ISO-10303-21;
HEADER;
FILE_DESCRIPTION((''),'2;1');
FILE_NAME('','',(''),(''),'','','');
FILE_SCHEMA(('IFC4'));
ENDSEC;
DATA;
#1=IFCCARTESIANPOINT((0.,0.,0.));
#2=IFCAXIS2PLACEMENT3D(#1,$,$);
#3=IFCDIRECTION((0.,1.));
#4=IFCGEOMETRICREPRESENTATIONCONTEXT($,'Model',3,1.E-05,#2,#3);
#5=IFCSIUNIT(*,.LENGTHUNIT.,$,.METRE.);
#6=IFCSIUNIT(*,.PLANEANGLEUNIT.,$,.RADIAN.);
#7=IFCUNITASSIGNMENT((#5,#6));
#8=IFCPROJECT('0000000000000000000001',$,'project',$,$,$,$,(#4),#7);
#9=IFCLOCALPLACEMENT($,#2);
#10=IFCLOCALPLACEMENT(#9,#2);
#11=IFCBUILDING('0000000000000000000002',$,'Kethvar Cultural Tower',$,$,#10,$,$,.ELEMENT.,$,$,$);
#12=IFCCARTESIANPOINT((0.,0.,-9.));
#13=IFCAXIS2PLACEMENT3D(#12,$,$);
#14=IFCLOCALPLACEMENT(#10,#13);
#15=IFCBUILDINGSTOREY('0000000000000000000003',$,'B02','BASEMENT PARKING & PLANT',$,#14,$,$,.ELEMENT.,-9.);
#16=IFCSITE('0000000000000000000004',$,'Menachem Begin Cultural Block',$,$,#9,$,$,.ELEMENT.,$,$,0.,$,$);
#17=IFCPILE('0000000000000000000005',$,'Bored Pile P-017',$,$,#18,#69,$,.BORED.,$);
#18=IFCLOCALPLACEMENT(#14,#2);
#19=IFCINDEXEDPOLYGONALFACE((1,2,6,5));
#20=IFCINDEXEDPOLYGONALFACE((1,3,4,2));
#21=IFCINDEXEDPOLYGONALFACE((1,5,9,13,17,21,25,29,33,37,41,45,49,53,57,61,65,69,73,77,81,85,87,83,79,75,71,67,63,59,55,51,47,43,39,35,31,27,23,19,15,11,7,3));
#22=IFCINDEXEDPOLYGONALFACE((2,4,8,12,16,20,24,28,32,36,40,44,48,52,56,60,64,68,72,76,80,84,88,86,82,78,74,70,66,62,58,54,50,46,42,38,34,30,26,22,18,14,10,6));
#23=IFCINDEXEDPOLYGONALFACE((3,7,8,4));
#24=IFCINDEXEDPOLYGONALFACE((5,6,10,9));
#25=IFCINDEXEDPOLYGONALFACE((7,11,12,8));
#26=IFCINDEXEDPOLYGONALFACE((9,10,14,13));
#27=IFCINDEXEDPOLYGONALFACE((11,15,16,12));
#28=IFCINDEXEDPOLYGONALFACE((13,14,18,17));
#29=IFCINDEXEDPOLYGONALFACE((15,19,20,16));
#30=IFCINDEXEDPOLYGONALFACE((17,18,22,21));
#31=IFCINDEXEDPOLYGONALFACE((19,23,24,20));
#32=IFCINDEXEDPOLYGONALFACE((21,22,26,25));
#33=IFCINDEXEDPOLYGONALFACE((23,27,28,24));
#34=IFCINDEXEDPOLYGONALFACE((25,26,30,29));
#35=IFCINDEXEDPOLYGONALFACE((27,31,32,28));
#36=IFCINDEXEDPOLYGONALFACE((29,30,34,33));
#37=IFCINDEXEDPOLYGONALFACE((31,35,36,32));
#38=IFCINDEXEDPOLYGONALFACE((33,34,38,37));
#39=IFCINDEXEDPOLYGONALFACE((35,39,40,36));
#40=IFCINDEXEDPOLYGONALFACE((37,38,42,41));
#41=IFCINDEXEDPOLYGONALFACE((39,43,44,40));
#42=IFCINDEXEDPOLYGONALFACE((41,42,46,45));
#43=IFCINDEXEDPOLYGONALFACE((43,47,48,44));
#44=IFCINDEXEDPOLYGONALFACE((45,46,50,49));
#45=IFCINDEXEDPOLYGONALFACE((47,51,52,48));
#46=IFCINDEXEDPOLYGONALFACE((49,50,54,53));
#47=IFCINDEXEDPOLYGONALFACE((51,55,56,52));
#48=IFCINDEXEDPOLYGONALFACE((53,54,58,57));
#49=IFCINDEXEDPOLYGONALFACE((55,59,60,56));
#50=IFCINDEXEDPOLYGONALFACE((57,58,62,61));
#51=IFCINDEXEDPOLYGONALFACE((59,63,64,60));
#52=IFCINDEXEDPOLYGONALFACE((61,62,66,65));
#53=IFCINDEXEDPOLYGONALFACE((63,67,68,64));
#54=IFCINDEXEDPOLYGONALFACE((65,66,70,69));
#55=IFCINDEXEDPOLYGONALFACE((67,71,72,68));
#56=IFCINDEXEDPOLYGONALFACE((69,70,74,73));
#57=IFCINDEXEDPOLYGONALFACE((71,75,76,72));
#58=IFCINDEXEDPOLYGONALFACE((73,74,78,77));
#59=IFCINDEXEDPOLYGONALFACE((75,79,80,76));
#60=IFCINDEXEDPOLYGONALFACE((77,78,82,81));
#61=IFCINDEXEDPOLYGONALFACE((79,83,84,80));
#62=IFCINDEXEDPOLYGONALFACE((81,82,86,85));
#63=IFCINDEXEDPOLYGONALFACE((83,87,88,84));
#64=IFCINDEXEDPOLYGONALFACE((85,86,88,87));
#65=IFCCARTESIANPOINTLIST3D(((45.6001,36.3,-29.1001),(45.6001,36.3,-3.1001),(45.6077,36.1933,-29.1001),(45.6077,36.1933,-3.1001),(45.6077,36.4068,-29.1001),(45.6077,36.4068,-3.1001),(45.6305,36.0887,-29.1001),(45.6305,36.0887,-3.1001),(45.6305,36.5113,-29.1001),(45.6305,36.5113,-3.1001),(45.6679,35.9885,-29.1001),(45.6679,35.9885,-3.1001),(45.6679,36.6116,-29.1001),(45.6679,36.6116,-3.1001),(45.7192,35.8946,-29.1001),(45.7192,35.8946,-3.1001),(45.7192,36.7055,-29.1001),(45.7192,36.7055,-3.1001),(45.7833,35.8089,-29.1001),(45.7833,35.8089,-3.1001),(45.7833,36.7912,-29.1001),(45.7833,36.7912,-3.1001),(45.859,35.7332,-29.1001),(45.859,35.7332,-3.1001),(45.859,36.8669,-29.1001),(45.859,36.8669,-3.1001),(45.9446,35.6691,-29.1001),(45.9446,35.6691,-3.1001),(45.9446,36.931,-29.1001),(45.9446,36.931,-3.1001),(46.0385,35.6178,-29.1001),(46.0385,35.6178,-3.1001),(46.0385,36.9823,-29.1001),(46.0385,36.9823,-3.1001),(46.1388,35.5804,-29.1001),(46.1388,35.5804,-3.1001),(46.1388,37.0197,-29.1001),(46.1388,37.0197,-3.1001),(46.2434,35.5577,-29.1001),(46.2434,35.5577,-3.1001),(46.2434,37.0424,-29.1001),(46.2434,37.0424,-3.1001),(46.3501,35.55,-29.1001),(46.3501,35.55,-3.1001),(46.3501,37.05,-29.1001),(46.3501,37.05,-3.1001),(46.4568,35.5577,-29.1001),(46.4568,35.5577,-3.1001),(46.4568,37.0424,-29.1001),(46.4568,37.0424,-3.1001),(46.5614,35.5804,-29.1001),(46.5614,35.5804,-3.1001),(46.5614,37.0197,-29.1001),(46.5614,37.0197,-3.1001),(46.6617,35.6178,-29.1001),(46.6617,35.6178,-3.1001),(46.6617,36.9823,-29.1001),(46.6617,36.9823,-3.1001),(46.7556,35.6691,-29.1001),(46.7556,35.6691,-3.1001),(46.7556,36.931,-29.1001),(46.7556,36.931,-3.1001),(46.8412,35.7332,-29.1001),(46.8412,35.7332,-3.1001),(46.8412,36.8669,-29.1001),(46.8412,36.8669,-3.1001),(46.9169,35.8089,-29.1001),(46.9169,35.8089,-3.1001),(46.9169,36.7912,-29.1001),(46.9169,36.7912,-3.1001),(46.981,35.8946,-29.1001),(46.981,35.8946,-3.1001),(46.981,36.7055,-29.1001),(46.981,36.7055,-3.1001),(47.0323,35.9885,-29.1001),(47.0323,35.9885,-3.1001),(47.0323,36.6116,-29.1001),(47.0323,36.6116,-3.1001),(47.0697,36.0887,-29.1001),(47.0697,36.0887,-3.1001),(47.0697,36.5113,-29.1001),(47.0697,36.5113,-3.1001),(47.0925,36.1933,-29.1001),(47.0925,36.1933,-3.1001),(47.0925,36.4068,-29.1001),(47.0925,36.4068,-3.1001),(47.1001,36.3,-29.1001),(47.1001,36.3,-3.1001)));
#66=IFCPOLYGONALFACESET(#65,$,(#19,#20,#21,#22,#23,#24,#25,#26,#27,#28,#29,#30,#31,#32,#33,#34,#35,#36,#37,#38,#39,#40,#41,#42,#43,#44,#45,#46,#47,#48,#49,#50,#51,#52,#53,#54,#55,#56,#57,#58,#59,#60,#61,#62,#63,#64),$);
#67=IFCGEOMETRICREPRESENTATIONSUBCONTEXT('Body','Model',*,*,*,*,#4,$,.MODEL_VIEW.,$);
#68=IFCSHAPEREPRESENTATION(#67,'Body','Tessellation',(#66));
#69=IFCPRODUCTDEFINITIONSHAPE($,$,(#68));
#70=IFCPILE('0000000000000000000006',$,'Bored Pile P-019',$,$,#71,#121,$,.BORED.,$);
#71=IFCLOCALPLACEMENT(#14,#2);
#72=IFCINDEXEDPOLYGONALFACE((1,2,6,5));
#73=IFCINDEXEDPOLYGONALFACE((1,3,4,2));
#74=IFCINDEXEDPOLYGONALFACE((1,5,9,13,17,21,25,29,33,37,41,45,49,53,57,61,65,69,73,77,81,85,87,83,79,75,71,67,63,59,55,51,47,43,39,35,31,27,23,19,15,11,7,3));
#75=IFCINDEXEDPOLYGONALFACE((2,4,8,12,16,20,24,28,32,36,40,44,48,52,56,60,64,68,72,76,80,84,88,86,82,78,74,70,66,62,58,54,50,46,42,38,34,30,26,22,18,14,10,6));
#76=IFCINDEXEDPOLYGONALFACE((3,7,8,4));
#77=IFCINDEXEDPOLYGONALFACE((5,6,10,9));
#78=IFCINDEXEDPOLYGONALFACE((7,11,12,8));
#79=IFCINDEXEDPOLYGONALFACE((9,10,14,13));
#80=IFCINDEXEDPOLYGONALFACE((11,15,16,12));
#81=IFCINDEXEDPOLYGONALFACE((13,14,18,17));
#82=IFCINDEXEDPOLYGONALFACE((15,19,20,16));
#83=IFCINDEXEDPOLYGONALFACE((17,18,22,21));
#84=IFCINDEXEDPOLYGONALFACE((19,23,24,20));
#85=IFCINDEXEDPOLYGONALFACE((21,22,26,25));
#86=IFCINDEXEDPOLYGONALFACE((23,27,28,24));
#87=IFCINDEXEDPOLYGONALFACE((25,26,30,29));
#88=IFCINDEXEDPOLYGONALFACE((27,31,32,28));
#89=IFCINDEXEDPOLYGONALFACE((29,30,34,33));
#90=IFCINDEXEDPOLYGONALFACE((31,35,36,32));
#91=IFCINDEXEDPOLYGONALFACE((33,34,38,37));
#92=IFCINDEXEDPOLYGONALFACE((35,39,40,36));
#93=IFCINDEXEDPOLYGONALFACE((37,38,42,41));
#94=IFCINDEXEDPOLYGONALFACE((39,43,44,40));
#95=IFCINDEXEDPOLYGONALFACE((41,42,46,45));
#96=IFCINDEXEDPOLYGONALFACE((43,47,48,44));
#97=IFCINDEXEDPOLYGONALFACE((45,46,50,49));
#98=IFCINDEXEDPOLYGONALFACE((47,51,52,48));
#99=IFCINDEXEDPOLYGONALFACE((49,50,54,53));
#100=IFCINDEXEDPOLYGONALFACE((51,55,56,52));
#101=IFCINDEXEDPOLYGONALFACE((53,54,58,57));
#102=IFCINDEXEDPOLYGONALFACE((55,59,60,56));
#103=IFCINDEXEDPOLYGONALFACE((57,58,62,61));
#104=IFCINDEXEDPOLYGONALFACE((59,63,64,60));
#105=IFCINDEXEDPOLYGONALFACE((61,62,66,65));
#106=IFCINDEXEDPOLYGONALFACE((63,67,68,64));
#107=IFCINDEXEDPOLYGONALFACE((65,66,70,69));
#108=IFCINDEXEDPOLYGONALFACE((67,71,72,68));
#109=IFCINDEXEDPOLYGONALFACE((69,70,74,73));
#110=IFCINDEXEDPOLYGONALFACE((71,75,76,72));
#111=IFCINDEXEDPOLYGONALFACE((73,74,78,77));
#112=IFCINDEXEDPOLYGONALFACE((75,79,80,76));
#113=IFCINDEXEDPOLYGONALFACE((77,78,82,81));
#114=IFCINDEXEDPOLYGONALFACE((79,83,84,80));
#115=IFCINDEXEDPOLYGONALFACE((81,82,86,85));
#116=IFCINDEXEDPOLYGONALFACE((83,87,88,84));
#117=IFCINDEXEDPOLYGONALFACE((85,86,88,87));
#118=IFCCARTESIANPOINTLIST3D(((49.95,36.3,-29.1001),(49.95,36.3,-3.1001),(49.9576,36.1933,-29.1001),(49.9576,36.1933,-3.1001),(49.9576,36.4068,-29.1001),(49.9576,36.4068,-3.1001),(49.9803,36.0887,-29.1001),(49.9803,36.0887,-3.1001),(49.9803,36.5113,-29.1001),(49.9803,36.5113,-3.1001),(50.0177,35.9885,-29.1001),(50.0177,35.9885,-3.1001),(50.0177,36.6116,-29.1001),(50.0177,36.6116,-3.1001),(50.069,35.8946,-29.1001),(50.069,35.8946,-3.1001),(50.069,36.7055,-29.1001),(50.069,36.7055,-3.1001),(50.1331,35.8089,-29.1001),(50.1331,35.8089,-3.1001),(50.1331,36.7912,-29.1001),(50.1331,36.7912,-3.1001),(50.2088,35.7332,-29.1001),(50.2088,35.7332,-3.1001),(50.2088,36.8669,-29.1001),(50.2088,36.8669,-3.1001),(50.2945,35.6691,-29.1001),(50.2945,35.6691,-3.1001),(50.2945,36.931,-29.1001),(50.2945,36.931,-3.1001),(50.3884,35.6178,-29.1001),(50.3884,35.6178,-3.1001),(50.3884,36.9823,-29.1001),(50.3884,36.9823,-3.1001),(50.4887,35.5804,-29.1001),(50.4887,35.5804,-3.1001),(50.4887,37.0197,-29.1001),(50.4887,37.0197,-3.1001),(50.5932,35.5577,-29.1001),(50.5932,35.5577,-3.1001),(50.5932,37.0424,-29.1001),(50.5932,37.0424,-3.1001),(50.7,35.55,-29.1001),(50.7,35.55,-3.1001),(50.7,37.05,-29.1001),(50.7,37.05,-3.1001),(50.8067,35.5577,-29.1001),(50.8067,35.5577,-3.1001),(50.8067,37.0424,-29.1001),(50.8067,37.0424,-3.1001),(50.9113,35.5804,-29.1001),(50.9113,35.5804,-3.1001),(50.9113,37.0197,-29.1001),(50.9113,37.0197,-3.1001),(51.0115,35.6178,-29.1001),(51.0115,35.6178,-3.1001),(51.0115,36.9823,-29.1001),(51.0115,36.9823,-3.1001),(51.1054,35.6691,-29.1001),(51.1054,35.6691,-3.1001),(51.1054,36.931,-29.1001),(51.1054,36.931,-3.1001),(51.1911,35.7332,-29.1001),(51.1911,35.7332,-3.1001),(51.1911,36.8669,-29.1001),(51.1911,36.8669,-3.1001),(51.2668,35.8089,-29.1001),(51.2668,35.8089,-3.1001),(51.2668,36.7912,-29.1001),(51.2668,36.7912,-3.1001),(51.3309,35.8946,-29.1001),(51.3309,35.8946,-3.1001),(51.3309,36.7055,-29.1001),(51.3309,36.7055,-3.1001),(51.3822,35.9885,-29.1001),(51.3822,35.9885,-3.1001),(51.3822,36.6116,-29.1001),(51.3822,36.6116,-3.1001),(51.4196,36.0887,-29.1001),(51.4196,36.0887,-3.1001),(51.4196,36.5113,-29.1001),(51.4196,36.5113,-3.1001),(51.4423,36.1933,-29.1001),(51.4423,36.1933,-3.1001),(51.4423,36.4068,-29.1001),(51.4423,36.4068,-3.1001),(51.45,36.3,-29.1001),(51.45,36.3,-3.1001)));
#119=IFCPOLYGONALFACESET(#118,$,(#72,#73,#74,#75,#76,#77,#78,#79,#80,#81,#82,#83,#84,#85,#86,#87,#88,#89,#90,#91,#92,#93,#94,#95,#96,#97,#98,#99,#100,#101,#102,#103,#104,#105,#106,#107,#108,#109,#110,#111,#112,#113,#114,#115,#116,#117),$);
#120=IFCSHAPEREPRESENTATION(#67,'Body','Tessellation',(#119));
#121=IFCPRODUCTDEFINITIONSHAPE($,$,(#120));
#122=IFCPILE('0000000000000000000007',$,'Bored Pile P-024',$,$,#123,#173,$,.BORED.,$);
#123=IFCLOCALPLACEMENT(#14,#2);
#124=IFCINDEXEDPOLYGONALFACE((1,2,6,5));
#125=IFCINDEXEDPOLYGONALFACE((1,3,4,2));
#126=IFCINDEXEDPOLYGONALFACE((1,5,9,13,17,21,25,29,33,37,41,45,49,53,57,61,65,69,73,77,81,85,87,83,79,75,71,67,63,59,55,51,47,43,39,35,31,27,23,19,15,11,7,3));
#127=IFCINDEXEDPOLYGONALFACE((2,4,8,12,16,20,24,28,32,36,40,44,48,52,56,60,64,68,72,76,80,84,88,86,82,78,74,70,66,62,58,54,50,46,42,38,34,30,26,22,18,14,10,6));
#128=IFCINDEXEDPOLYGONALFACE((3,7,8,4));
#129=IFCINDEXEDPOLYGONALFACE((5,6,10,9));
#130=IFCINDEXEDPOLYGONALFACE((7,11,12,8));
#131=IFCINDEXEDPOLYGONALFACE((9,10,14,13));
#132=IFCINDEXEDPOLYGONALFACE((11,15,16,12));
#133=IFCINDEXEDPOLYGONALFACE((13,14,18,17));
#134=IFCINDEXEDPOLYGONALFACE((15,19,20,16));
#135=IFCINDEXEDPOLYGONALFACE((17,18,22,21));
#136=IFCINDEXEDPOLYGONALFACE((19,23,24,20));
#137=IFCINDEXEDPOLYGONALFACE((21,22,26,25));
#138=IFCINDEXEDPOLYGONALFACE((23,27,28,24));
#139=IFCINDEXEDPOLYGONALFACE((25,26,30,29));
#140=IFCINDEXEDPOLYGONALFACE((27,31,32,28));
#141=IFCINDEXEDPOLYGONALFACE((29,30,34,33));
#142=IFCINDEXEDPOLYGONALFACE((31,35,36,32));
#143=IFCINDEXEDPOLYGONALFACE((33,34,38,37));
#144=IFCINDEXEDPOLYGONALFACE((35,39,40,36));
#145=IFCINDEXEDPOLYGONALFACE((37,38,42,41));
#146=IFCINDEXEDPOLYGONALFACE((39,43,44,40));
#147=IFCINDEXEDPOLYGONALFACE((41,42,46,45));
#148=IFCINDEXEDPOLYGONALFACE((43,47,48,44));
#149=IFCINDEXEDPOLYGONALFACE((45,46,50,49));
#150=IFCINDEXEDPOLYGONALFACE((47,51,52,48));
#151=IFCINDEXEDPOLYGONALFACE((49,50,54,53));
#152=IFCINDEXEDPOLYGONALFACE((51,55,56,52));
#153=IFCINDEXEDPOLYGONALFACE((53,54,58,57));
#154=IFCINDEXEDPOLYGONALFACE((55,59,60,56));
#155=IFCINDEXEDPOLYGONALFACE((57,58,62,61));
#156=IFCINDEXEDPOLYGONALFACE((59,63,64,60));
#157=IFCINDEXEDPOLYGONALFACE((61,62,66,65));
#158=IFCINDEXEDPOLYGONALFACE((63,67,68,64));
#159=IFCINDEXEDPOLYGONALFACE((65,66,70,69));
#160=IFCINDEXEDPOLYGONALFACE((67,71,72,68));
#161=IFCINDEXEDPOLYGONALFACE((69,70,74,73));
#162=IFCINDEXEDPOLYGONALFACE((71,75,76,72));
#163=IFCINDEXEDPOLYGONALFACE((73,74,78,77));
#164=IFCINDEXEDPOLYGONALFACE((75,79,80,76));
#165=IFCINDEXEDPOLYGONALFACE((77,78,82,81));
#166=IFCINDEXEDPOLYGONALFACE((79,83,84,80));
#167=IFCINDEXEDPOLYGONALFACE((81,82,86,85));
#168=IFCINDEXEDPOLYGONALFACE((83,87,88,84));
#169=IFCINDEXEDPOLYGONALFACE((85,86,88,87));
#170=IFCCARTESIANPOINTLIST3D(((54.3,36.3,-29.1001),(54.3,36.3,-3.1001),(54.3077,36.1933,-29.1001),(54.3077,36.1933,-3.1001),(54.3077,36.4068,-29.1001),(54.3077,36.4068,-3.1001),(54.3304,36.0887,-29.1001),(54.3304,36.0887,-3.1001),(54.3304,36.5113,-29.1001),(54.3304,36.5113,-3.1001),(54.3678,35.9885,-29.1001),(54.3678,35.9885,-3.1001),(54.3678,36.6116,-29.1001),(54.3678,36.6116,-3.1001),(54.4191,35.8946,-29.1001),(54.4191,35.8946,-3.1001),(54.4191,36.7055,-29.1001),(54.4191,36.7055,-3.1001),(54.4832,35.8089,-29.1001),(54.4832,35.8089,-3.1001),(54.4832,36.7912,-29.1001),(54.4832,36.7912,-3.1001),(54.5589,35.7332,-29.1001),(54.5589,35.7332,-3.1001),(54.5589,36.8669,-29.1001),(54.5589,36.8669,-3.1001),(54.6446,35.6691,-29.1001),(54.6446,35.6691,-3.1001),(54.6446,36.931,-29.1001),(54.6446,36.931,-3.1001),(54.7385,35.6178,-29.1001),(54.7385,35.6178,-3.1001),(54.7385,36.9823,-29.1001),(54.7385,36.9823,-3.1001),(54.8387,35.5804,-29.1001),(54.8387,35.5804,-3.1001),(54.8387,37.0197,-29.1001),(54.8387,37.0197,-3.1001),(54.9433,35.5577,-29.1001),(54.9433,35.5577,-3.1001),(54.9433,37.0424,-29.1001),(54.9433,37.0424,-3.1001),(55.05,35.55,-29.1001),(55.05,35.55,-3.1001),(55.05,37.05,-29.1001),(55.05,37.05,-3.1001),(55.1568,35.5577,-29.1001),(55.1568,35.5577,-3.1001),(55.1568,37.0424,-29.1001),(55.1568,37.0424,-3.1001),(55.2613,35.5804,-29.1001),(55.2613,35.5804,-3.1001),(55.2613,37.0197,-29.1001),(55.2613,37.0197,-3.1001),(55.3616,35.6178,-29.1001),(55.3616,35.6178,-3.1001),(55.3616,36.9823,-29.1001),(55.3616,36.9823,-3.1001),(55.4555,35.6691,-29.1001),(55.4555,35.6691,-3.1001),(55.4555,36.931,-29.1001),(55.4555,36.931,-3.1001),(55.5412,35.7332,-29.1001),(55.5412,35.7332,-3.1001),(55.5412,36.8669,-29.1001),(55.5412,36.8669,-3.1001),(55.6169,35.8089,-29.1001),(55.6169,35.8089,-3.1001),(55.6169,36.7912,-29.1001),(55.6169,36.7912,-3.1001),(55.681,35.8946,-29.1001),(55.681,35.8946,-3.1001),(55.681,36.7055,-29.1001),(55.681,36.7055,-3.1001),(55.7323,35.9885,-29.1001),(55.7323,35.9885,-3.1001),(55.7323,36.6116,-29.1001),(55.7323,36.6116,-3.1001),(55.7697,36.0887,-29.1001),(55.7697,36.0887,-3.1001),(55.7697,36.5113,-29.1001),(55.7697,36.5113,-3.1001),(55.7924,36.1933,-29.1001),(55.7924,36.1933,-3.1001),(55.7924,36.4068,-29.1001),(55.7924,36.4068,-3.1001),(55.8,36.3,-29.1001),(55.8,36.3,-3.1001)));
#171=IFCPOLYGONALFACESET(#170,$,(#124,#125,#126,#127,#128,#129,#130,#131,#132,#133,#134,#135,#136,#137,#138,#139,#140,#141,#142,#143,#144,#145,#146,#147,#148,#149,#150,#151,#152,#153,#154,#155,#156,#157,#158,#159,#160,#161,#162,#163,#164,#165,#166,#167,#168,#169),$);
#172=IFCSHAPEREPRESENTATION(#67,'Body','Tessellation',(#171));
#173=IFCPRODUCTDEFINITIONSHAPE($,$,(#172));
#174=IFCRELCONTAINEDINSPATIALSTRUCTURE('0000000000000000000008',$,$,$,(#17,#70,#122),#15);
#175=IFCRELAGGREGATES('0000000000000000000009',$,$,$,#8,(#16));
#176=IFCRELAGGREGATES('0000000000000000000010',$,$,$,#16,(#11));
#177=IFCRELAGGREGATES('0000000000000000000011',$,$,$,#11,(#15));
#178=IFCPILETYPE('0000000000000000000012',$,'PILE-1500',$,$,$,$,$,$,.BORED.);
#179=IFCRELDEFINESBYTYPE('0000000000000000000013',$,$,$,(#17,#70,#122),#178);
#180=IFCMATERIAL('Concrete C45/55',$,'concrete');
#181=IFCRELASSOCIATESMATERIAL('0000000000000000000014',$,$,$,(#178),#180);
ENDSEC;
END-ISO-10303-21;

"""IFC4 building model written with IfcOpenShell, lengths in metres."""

from ifc_helpers import new_model, si_unit, direction, frame, origin, origin_2d, place, context, subcontext, project, spatial, circle, extrude, source, transform, mapped, material, material_profile, profile_set, type_object, element, save


model = new_model("IFC4")

# Units and contexts
model_context = context("Model", 3, precision=1e-05, world=origin(), true_north=direction((0.0, 1.0)))
body_context = subcontext(model_context, "Body", "Model", "MODEL_VIEW")
ifc_project = project(units=[si_unit("LENGTHUNIT", "METRE"), si_unit("PLANEANGLEUNIT", "RADIAN")], contexts=[model_context])

# Site, building, storey
site_placement = place(None, origin())
site = spatial("IfcSite", under=ifc_project, at=site_placement, Name="Menachem Begin Cultural Block", CompositionType="ELEMENT", RefElevation=0.0)
building_placement = place(site_placement, origin())
building = spatial("IfcBuilding", under=site, at=building_placement, Name="Kethvar Cultural Tower", CompositionType="ELEMENT")
storey_placement = place(building_placement, frame((0.0, 0.0, -9.0)))
storey = spatial("IfcBuildingStorey", under=building, at=storey_placement, Name="B02", Description="BASEMENT PARKING & PLANT", CompositionType="ELEMENT", Elevation=-9.0)

# Piles
ifc_material_1 = material(Name="Concrete C45/55", Category="concrete")
ifc_material_profile_1 = material_profile(ifc_material_1, circle(Radius=0.75, at=origin_2d()), Name="Concrete C45/55 — PILE1500")
ifc_profile_set_1 = profile_set([ifc_material_profile_1], Name="Concrete C45/55 — PILE1500")
pile_type = type_object("IfcPileType", Name="PILE-1500", PredefinedType="BORED", material=ifc_profile_set_1)
shared_shape_1 = source(origin(), body_context, "Body", "SweptSolid", [
    extrude(circle(Radius=0.75, at=origin_2d()), origin(), (0.0, 0.0, 1.0), 26.0),
])
for number, where, z_axis, x_axis, name in (
    (1, (46.3501, 36.3, -3.1001), (0.0, 0.0, -1.0), (1.0, 0.0, 0.0), "Bored Pile P-017"),
    (2, (50.7, 36.3, -3.1001), (0.0, 0.0, -1.0), (1.0, 0.0, 0.0), "Bored Pile P-019"),
    (3, (55.05, 36.3, -3.1001), (0.0, 0.0, -1.0), (1.0, 0.0, 0.0), "Bored Pile P-024"),
):
    element("IfcPile", number, at=place(storey_placement, frame(where, z_axis=z_axis, x_axis=x_axis)), inside=storey, type_object=pile_type, Name=name, PredefinedType="BORED", context=body_context, shape_type="MappedRepresentation", body=[
        mapped(shared_shape_1, transform((0.0, 0.0, 0.0), scale=1.0)),
    ])

save(model, "model.ifc")
